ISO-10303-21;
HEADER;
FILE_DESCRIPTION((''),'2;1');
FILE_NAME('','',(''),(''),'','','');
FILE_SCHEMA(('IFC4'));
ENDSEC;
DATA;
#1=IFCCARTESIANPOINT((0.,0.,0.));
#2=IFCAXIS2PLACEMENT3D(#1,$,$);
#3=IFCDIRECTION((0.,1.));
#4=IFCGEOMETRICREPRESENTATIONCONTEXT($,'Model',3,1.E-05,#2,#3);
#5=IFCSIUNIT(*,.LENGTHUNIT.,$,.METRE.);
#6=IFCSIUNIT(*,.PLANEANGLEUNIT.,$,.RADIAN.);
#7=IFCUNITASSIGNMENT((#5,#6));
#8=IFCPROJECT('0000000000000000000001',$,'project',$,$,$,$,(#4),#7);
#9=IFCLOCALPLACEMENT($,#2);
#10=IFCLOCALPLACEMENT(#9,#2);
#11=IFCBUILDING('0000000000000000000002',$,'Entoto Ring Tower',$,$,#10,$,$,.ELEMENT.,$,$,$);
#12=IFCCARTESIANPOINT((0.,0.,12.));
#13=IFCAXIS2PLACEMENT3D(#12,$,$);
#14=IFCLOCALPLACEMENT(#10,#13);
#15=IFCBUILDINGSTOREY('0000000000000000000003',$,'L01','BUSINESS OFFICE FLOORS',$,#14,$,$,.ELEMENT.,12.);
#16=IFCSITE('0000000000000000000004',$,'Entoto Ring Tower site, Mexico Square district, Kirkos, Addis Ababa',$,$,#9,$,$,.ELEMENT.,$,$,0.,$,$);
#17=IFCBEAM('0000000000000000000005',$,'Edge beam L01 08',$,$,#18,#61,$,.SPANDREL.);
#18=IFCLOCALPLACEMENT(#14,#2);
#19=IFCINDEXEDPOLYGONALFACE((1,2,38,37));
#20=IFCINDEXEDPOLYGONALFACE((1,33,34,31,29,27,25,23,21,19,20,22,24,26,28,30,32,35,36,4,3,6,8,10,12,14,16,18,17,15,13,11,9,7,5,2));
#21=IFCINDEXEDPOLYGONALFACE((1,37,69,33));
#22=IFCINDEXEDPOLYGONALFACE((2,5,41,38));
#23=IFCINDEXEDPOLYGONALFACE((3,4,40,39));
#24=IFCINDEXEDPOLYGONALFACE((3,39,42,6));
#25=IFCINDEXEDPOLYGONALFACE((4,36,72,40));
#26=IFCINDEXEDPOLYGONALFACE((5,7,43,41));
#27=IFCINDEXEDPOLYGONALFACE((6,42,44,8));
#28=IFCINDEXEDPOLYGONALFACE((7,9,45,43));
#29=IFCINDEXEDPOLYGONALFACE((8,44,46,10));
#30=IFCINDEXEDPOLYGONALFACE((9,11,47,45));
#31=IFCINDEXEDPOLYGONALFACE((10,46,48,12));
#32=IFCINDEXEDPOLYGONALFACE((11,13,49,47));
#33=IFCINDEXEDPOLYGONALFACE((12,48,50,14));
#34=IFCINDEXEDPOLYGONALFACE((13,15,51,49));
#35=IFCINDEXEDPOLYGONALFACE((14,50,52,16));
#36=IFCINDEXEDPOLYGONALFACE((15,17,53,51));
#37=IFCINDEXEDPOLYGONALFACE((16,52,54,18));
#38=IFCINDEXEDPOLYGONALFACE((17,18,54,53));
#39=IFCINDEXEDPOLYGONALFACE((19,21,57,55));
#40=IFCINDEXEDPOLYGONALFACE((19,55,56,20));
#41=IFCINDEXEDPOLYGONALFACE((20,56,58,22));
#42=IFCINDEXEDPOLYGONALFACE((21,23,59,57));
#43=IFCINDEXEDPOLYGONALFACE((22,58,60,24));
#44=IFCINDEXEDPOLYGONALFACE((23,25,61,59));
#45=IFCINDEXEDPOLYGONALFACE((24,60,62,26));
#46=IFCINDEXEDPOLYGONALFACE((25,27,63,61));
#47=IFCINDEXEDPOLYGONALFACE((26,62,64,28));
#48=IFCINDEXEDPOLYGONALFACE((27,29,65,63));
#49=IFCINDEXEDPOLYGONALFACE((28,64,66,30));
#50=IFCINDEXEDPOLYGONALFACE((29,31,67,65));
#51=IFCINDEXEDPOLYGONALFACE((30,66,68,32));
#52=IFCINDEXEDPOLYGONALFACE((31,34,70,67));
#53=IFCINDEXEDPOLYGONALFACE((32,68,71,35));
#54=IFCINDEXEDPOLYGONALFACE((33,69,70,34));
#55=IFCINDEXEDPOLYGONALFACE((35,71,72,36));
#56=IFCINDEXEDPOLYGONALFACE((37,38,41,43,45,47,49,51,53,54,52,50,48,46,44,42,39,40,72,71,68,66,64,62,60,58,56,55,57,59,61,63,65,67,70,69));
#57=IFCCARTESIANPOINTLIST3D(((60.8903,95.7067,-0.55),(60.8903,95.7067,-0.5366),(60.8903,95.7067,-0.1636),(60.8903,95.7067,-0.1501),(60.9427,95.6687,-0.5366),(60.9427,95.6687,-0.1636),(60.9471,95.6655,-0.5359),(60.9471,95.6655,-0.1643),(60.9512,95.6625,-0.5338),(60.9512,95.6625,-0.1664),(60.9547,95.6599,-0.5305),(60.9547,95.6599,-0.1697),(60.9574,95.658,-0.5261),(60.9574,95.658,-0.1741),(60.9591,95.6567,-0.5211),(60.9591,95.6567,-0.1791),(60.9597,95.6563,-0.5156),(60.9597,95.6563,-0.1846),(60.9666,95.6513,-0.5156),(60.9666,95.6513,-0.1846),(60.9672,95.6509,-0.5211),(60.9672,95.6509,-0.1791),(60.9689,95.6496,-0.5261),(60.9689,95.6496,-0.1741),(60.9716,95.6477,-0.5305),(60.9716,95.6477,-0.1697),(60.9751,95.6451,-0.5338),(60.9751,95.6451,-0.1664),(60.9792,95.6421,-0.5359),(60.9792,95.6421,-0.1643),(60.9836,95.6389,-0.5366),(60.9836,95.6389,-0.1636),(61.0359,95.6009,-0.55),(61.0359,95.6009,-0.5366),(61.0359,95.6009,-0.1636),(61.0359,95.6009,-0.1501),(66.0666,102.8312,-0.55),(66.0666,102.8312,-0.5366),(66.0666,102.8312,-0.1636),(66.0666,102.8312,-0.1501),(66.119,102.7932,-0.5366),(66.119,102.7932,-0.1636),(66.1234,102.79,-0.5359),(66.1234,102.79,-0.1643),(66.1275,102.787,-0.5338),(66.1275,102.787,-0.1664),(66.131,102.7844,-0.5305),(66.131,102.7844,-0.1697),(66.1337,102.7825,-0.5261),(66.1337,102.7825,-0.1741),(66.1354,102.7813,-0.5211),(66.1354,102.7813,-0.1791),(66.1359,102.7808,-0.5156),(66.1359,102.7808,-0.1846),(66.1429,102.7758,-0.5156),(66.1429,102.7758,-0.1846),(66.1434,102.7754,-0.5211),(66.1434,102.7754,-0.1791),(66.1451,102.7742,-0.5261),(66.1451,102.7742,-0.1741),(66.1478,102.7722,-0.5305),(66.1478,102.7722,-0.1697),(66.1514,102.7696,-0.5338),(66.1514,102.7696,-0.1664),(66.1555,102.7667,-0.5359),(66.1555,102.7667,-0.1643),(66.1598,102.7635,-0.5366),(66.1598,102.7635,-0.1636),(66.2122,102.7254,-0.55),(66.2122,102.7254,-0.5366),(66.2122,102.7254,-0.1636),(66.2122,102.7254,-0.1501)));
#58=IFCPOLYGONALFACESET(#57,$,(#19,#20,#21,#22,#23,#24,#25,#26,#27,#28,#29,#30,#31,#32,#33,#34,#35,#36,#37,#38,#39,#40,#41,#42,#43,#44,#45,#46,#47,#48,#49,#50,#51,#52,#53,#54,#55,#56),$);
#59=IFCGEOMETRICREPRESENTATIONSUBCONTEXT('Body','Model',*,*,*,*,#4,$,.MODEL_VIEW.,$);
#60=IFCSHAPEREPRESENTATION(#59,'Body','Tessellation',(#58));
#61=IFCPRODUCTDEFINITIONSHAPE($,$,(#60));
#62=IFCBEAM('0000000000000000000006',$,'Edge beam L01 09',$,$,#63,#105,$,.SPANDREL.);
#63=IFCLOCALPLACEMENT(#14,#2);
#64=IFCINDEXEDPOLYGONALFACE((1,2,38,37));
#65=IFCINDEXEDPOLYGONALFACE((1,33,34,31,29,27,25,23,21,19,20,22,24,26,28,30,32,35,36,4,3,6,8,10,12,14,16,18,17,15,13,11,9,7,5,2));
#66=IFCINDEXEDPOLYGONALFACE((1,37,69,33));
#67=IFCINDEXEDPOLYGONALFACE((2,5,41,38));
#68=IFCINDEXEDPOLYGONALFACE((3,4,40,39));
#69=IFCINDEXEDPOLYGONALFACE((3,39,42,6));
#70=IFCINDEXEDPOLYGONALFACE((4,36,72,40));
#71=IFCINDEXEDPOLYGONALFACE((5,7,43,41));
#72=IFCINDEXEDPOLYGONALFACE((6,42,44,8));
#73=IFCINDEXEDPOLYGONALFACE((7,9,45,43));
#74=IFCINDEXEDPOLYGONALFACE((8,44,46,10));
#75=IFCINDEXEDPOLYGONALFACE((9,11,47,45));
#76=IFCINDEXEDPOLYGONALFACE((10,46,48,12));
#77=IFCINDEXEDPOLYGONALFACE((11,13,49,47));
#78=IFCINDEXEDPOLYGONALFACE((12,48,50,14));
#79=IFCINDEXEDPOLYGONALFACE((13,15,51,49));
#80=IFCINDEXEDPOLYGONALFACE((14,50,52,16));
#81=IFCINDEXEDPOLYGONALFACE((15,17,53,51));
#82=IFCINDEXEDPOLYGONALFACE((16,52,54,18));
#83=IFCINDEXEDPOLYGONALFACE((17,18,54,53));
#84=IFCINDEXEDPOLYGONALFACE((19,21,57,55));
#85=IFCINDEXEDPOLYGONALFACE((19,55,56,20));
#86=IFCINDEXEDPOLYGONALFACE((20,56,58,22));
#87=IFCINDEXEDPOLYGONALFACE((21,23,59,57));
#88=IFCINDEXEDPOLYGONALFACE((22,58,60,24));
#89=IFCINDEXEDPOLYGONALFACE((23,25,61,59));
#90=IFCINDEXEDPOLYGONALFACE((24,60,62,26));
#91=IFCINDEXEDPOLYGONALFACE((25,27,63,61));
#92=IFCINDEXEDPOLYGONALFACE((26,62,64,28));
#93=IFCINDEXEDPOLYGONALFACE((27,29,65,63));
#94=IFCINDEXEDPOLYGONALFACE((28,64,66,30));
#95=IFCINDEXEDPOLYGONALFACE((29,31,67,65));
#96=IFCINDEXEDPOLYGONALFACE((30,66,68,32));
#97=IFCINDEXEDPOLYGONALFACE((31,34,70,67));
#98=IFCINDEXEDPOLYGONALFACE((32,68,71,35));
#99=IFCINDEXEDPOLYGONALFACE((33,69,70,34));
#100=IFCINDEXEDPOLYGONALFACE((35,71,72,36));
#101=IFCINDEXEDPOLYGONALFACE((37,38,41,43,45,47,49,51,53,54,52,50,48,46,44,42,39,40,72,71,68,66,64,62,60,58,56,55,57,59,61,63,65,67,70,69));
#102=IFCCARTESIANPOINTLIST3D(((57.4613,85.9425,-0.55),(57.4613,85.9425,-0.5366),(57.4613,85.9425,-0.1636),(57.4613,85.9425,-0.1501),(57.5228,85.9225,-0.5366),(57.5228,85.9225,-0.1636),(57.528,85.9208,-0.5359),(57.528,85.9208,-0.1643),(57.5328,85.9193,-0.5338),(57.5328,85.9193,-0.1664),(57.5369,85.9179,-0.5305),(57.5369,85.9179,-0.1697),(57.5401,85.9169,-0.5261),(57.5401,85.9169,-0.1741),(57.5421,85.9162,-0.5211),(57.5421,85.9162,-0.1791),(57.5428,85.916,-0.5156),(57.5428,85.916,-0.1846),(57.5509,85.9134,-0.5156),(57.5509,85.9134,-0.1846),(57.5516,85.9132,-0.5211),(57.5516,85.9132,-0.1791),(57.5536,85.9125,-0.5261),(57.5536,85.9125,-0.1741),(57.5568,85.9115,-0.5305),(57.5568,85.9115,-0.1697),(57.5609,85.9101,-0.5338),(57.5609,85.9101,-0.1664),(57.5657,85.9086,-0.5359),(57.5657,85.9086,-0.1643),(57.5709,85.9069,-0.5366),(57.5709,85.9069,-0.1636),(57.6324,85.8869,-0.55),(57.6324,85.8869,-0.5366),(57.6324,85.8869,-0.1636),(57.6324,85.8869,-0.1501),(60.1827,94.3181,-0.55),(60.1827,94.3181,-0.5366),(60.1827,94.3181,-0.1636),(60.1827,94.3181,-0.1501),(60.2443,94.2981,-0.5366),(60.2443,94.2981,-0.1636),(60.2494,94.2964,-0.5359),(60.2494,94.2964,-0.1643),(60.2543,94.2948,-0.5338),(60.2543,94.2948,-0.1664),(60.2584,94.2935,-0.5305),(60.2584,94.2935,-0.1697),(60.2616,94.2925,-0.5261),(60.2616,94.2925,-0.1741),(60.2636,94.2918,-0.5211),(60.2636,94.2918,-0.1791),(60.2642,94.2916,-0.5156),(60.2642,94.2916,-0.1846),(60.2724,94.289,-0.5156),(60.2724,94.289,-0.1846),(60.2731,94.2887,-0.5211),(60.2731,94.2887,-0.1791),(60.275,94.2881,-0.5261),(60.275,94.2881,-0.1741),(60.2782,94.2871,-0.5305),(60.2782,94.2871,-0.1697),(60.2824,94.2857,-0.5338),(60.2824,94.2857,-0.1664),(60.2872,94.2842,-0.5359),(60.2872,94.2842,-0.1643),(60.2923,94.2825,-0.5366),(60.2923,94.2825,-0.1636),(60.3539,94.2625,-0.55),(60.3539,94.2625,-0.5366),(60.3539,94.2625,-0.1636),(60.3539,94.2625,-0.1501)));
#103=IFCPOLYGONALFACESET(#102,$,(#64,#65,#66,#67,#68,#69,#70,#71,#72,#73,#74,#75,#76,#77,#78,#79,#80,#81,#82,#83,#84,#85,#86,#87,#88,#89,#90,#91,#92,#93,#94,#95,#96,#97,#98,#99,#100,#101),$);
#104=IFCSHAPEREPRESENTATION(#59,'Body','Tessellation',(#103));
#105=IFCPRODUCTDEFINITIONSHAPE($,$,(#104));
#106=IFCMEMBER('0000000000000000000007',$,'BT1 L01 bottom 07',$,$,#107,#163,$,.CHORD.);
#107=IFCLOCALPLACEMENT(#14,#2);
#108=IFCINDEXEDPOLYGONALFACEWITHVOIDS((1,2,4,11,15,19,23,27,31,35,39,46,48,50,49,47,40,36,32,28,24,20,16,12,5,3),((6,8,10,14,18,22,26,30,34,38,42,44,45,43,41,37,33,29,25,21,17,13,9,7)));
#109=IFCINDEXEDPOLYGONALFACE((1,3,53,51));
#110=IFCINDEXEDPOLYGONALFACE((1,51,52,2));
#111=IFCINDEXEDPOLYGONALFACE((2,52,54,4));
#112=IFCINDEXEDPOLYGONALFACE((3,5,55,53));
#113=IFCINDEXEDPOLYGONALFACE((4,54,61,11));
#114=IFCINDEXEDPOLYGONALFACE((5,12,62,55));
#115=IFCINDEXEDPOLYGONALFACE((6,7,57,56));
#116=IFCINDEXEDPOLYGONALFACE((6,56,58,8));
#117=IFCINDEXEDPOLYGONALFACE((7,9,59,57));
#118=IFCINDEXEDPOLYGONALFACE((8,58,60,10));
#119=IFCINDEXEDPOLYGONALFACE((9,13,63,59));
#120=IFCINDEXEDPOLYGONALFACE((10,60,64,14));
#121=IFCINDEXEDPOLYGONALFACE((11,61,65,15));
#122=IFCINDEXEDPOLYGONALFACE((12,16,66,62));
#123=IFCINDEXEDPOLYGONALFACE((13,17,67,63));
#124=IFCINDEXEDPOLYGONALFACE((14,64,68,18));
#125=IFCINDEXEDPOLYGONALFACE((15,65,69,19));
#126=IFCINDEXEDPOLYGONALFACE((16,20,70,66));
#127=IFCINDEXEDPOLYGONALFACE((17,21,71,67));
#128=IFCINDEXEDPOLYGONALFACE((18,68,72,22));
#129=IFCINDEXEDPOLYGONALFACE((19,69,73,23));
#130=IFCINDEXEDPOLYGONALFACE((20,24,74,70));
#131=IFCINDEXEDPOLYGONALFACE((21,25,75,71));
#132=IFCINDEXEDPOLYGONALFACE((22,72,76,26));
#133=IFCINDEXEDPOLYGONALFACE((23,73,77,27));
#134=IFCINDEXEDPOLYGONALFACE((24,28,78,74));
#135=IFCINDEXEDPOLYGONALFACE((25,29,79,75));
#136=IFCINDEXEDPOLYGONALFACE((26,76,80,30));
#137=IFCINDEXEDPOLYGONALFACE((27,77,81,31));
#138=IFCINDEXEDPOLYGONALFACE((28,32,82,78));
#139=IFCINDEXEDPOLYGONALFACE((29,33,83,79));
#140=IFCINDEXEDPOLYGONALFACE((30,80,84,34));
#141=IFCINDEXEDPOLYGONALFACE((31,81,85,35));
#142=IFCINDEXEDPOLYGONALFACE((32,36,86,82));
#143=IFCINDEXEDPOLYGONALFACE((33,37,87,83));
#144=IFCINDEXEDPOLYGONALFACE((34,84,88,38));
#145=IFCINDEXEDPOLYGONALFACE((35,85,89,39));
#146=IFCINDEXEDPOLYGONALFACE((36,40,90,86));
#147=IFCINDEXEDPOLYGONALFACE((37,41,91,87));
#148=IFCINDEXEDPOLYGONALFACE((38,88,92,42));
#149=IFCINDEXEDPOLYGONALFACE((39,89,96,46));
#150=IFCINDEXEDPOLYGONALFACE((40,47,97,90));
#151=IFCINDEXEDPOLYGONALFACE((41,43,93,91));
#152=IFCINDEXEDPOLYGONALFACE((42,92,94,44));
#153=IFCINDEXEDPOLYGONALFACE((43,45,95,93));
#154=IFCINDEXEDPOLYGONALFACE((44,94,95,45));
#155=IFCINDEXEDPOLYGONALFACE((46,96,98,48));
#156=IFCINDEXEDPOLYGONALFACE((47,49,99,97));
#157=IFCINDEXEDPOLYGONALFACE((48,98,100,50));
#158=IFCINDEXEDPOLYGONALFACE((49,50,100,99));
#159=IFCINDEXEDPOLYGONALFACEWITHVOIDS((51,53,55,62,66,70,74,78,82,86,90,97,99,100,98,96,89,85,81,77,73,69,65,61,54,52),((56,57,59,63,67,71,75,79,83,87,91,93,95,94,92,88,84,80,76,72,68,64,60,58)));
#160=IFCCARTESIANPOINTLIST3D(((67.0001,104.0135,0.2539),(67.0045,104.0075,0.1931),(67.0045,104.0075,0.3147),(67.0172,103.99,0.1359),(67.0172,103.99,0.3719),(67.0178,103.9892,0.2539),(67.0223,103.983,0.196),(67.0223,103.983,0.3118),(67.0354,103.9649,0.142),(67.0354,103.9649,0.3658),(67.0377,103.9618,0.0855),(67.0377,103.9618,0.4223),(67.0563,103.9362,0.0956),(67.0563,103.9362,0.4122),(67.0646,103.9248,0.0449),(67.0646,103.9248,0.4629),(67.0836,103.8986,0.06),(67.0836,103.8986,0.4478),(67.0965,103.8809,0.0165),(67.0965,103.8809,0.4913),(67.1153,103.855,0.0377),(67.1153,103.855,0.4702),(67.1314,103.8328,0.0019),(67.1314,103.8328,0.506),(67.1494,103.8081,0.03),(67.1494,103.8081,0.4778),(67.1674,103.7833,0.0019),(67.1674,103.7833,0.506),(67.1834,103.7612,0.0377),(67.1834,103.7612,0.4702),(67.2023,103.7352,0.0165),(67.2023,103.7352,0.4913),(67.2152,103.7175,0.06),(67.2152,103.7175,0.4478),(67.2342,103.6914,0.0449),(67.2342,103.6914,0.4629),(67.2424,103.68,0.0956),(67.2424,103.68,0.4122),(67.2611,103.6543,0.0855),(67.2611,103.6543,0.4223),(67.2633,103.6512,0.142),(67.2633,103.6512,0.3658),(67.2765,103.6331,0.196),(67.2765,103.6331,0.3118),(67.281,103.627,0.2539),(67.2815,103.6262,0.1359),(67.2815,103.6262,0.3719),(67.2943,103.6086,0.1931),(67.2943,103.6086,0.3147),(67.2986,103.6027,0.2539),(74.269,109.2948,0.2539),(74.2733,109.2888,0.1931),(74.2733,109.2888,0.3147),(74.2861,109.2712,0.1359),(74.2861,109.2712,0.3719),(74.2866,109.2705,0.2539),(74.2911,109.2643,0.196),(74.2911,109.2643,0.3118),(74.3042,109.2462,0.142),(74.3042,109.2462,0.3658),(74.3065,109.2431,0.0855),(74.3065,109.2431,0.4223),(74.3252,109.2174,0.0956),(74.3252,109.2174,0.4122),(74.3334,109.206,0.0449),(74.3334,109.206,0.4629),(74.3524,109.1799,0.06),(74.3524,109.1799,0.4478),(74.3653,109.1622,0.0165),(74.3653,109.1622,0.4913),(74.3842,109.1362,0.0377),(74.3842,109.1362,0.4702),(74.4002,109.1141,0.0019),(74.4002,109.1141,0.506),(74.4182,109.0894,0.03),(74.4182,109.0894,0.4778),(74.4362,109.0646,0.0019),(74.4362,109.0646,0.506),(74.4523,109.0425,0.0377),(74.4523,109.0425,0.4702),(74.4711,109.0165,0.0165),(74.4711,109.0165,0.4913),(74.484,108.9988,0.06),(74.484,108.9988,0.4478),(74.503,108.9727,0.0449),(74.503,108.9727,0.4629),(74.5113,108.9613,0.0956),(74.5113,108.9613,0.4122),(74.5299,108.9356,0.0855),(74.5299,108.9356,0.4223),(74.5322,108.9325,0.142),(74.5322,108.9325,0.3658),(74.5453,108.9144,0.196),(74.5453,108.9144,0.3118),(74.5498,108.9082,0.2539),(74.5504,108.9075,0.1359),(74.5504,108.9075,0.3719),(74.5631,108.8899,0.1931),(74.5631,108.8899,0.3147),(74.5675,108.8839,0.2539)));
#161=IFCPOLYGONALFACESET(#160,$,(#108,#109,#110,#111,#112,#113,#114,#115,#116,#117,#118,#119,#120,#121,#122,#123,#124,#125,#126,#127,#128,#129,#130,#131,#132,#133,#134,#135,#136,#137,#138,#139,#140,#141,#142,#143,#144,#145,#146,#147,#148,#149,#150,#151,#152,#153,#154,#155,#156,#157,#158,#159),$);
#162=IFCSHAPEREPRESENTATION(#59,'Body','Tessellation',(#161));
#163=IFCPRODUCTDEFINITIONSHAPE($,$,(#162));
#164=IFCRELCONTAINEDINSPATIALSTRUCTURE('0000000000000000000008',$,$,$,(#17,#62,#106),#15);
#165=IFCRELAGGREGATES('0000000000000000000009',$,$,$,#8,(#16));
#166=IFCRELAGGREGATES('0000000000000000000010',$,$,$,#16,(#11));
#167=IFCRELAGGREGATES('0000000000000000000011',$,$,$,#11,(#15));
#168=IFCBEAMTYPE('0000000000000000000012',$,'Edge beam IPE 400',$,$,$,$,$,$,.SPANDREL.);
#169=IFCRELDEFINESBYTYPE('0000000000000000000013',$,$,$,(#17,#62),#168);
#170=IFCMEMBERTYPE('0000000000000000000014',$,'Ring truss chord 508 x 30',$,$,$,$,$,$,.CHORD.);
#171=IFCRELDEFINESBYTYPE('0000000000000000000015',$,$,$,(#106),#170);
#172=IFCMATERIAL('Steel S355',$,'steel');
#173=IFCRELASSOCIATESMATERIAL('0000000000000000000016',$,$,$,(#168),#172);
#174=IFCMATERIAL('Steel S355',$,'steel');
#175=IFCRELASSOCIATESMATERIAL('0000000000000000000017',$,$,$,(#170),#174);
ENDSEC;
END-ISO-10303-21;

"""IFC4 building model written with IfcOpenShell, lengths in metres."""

from ifc_helpers import new_model, si_unit, direction, frame, origin, origin_2d, place, context, subcontext, project, spatial, circle, hollow_circle, i_section, extrude, material, material_profile, profile_set, type_object, element, save


model = new_model("IFC4")

# Units and contexts
model_context = context("Model", 3, precision=1e-05, world=origin(), true_north=direction((0.0, 1.0)))
body_context = subcontext(model_context, "Body", "Model", "MODEL_VIEW")
ifc_project = project(units=[si_unit("LENGTHUNIT", "METRE"), si_unit("PLANEANGLEUNIT", "RADIAN")], contexts=[model_context])

# Site, building, storey
site_placement = place(None, origin())
site = spatial("IfcSite", under=ifc_project, at=site_placement, Name="Entoto Ring Tower site, Mexico Square district, Kirkos, Addis Ababa", CompositionType="ELEMENT", RefElevation=0.0)
building_placement = place(site_placement, origin())
building = spatial("IfcBuilding", under=site, at=building_placement, Name="Entoto Ring Tower", CompositionType="ELEMENT")
storey_placement = place(building_placement, frame((0.0, 0.0, 12.0)))
storey = spatial("IfcBuildingStorey", under=building, at=storey_placement, Name="L01", Description="BUSINESS OFFICE FLOORS", CompositionType="ELEMENT", Elevation=12.0)

# Beams
ifc_material_1 = material(Name="Steel S355", Category="steel")
ifc_material_profile_1 = material_profile(ifc_material_1, i_section(OverallWidth=0.1799, OverallDepth=0.3999, WebThickness=0.0085, FlangeThickness=0.0134, FilletRadius=0.021, at=origin_2d()), Name="IPE 400")
ifc_profile_set_1 = profile_set([ifc_material_profile_1], Name="Steel S355")
beam_type = type_object("IfcBeamType", Name="Edge beam IPE 400", PredefinedType="SPANDREL", material=ifc_profile_set_1)
for number, where, z_axis, x_axis, name in (
    (1, (66.1394, 102.7783, -0.3501), (-0.587786, -0.809017, 0.0), (0.809017, -0.587786, 0.0), "Edge beam L01 08"),
):
    element("IfcBeam", number, at=place(storey_placement, frame(where, z_axis=z_axis, x_axis=x_axis)), inside=storey, type_object=beam_type, Name=name, PredefinedType="SPANDREL", context=body_context, shape_type="SweptSolid", body=[
        extrude(i_section(OverallWidth=0.1799, OverallDepth=0.3999, WebThickness=0.0085, FlangeThickness=0.0134, FilletRadius=0.021, at=origin_2d()), origin(), (0.0, 0.0, 1.0), 8.8064),
    ])
beam_placement = place(storey_placement, frame((60.2683, 94.2903, -0.3501), z_axis=(-0.309025, -0.951054, 0.0), x_axis=(0.951054, -0.309025, 0.0)))
element("IfcBeam", 2, at=beam_placement, inside=storey, type_object=beam_type, Name="Edge beam L01 09", PredefinedType="SPANDREL", context=body_context, shape_type="SweptSolid", body=[
    extrude(i_section(OverallWidth=0.1799, OverallDepth=0.3999, WebThickness=0.0085, FlangeThickness=0.0134, FilletRadius=0.021, at=origin_2d()), origin(), (0.0, 0.0, 1.0), 8.8066),
])

# Member
ifc_material_2 = material(Name="Steel S355", Category="steel")
ifc_material_profile_2 = material_profile(ifc_material_2, hollow_circle(Radius=0.2539, WallThickness=0.03, at=origin_2d()), Name="CHS 508 x 30")
ifc_material_3 = material(Name="Concrete C60/75", Category="concrete")
ifc_material_profile_3 = material_profile(ifc_material_3, circle(Radius=0.2241, at=origin_2d()), Name="Concrete C60/75 infill")
ifc_profile_set_2 = profile_set([ifc_material_profile_2, ifc_material_profile_3], Name="Steel S355")
member_type_1 = type_object("IfcMemberType", Name="Ring truss chord 508 x 30", PredefinedType="CHORD", material=ifc_profile_set_2)
for number, where, z_axis, x_axis, name in (
    (3, (74.4182, 109.0894, 0.2539), (-0.809009, -0.587797, 0.0), (0.587797, -0.809009, 0.0), "BT1 L01 bottom 07"),
):
    element("IfcMember", number, at=place(storey_placement, frame(where, z_axis=z_axis, x_axis=x_axis)), inside=storey, type_object=member_type_1, Name=name, PredefinedType="CHORD", context=body_context, shape_type="SweptSolid", body=[
        extrude(hollow_circle(Radius=0.2539, WallThickness=0.03, at=origin_2d()), origin(), (0.0, 0.0, 1.0), 8.9849),
    ])

save(model, "model.ifc")
